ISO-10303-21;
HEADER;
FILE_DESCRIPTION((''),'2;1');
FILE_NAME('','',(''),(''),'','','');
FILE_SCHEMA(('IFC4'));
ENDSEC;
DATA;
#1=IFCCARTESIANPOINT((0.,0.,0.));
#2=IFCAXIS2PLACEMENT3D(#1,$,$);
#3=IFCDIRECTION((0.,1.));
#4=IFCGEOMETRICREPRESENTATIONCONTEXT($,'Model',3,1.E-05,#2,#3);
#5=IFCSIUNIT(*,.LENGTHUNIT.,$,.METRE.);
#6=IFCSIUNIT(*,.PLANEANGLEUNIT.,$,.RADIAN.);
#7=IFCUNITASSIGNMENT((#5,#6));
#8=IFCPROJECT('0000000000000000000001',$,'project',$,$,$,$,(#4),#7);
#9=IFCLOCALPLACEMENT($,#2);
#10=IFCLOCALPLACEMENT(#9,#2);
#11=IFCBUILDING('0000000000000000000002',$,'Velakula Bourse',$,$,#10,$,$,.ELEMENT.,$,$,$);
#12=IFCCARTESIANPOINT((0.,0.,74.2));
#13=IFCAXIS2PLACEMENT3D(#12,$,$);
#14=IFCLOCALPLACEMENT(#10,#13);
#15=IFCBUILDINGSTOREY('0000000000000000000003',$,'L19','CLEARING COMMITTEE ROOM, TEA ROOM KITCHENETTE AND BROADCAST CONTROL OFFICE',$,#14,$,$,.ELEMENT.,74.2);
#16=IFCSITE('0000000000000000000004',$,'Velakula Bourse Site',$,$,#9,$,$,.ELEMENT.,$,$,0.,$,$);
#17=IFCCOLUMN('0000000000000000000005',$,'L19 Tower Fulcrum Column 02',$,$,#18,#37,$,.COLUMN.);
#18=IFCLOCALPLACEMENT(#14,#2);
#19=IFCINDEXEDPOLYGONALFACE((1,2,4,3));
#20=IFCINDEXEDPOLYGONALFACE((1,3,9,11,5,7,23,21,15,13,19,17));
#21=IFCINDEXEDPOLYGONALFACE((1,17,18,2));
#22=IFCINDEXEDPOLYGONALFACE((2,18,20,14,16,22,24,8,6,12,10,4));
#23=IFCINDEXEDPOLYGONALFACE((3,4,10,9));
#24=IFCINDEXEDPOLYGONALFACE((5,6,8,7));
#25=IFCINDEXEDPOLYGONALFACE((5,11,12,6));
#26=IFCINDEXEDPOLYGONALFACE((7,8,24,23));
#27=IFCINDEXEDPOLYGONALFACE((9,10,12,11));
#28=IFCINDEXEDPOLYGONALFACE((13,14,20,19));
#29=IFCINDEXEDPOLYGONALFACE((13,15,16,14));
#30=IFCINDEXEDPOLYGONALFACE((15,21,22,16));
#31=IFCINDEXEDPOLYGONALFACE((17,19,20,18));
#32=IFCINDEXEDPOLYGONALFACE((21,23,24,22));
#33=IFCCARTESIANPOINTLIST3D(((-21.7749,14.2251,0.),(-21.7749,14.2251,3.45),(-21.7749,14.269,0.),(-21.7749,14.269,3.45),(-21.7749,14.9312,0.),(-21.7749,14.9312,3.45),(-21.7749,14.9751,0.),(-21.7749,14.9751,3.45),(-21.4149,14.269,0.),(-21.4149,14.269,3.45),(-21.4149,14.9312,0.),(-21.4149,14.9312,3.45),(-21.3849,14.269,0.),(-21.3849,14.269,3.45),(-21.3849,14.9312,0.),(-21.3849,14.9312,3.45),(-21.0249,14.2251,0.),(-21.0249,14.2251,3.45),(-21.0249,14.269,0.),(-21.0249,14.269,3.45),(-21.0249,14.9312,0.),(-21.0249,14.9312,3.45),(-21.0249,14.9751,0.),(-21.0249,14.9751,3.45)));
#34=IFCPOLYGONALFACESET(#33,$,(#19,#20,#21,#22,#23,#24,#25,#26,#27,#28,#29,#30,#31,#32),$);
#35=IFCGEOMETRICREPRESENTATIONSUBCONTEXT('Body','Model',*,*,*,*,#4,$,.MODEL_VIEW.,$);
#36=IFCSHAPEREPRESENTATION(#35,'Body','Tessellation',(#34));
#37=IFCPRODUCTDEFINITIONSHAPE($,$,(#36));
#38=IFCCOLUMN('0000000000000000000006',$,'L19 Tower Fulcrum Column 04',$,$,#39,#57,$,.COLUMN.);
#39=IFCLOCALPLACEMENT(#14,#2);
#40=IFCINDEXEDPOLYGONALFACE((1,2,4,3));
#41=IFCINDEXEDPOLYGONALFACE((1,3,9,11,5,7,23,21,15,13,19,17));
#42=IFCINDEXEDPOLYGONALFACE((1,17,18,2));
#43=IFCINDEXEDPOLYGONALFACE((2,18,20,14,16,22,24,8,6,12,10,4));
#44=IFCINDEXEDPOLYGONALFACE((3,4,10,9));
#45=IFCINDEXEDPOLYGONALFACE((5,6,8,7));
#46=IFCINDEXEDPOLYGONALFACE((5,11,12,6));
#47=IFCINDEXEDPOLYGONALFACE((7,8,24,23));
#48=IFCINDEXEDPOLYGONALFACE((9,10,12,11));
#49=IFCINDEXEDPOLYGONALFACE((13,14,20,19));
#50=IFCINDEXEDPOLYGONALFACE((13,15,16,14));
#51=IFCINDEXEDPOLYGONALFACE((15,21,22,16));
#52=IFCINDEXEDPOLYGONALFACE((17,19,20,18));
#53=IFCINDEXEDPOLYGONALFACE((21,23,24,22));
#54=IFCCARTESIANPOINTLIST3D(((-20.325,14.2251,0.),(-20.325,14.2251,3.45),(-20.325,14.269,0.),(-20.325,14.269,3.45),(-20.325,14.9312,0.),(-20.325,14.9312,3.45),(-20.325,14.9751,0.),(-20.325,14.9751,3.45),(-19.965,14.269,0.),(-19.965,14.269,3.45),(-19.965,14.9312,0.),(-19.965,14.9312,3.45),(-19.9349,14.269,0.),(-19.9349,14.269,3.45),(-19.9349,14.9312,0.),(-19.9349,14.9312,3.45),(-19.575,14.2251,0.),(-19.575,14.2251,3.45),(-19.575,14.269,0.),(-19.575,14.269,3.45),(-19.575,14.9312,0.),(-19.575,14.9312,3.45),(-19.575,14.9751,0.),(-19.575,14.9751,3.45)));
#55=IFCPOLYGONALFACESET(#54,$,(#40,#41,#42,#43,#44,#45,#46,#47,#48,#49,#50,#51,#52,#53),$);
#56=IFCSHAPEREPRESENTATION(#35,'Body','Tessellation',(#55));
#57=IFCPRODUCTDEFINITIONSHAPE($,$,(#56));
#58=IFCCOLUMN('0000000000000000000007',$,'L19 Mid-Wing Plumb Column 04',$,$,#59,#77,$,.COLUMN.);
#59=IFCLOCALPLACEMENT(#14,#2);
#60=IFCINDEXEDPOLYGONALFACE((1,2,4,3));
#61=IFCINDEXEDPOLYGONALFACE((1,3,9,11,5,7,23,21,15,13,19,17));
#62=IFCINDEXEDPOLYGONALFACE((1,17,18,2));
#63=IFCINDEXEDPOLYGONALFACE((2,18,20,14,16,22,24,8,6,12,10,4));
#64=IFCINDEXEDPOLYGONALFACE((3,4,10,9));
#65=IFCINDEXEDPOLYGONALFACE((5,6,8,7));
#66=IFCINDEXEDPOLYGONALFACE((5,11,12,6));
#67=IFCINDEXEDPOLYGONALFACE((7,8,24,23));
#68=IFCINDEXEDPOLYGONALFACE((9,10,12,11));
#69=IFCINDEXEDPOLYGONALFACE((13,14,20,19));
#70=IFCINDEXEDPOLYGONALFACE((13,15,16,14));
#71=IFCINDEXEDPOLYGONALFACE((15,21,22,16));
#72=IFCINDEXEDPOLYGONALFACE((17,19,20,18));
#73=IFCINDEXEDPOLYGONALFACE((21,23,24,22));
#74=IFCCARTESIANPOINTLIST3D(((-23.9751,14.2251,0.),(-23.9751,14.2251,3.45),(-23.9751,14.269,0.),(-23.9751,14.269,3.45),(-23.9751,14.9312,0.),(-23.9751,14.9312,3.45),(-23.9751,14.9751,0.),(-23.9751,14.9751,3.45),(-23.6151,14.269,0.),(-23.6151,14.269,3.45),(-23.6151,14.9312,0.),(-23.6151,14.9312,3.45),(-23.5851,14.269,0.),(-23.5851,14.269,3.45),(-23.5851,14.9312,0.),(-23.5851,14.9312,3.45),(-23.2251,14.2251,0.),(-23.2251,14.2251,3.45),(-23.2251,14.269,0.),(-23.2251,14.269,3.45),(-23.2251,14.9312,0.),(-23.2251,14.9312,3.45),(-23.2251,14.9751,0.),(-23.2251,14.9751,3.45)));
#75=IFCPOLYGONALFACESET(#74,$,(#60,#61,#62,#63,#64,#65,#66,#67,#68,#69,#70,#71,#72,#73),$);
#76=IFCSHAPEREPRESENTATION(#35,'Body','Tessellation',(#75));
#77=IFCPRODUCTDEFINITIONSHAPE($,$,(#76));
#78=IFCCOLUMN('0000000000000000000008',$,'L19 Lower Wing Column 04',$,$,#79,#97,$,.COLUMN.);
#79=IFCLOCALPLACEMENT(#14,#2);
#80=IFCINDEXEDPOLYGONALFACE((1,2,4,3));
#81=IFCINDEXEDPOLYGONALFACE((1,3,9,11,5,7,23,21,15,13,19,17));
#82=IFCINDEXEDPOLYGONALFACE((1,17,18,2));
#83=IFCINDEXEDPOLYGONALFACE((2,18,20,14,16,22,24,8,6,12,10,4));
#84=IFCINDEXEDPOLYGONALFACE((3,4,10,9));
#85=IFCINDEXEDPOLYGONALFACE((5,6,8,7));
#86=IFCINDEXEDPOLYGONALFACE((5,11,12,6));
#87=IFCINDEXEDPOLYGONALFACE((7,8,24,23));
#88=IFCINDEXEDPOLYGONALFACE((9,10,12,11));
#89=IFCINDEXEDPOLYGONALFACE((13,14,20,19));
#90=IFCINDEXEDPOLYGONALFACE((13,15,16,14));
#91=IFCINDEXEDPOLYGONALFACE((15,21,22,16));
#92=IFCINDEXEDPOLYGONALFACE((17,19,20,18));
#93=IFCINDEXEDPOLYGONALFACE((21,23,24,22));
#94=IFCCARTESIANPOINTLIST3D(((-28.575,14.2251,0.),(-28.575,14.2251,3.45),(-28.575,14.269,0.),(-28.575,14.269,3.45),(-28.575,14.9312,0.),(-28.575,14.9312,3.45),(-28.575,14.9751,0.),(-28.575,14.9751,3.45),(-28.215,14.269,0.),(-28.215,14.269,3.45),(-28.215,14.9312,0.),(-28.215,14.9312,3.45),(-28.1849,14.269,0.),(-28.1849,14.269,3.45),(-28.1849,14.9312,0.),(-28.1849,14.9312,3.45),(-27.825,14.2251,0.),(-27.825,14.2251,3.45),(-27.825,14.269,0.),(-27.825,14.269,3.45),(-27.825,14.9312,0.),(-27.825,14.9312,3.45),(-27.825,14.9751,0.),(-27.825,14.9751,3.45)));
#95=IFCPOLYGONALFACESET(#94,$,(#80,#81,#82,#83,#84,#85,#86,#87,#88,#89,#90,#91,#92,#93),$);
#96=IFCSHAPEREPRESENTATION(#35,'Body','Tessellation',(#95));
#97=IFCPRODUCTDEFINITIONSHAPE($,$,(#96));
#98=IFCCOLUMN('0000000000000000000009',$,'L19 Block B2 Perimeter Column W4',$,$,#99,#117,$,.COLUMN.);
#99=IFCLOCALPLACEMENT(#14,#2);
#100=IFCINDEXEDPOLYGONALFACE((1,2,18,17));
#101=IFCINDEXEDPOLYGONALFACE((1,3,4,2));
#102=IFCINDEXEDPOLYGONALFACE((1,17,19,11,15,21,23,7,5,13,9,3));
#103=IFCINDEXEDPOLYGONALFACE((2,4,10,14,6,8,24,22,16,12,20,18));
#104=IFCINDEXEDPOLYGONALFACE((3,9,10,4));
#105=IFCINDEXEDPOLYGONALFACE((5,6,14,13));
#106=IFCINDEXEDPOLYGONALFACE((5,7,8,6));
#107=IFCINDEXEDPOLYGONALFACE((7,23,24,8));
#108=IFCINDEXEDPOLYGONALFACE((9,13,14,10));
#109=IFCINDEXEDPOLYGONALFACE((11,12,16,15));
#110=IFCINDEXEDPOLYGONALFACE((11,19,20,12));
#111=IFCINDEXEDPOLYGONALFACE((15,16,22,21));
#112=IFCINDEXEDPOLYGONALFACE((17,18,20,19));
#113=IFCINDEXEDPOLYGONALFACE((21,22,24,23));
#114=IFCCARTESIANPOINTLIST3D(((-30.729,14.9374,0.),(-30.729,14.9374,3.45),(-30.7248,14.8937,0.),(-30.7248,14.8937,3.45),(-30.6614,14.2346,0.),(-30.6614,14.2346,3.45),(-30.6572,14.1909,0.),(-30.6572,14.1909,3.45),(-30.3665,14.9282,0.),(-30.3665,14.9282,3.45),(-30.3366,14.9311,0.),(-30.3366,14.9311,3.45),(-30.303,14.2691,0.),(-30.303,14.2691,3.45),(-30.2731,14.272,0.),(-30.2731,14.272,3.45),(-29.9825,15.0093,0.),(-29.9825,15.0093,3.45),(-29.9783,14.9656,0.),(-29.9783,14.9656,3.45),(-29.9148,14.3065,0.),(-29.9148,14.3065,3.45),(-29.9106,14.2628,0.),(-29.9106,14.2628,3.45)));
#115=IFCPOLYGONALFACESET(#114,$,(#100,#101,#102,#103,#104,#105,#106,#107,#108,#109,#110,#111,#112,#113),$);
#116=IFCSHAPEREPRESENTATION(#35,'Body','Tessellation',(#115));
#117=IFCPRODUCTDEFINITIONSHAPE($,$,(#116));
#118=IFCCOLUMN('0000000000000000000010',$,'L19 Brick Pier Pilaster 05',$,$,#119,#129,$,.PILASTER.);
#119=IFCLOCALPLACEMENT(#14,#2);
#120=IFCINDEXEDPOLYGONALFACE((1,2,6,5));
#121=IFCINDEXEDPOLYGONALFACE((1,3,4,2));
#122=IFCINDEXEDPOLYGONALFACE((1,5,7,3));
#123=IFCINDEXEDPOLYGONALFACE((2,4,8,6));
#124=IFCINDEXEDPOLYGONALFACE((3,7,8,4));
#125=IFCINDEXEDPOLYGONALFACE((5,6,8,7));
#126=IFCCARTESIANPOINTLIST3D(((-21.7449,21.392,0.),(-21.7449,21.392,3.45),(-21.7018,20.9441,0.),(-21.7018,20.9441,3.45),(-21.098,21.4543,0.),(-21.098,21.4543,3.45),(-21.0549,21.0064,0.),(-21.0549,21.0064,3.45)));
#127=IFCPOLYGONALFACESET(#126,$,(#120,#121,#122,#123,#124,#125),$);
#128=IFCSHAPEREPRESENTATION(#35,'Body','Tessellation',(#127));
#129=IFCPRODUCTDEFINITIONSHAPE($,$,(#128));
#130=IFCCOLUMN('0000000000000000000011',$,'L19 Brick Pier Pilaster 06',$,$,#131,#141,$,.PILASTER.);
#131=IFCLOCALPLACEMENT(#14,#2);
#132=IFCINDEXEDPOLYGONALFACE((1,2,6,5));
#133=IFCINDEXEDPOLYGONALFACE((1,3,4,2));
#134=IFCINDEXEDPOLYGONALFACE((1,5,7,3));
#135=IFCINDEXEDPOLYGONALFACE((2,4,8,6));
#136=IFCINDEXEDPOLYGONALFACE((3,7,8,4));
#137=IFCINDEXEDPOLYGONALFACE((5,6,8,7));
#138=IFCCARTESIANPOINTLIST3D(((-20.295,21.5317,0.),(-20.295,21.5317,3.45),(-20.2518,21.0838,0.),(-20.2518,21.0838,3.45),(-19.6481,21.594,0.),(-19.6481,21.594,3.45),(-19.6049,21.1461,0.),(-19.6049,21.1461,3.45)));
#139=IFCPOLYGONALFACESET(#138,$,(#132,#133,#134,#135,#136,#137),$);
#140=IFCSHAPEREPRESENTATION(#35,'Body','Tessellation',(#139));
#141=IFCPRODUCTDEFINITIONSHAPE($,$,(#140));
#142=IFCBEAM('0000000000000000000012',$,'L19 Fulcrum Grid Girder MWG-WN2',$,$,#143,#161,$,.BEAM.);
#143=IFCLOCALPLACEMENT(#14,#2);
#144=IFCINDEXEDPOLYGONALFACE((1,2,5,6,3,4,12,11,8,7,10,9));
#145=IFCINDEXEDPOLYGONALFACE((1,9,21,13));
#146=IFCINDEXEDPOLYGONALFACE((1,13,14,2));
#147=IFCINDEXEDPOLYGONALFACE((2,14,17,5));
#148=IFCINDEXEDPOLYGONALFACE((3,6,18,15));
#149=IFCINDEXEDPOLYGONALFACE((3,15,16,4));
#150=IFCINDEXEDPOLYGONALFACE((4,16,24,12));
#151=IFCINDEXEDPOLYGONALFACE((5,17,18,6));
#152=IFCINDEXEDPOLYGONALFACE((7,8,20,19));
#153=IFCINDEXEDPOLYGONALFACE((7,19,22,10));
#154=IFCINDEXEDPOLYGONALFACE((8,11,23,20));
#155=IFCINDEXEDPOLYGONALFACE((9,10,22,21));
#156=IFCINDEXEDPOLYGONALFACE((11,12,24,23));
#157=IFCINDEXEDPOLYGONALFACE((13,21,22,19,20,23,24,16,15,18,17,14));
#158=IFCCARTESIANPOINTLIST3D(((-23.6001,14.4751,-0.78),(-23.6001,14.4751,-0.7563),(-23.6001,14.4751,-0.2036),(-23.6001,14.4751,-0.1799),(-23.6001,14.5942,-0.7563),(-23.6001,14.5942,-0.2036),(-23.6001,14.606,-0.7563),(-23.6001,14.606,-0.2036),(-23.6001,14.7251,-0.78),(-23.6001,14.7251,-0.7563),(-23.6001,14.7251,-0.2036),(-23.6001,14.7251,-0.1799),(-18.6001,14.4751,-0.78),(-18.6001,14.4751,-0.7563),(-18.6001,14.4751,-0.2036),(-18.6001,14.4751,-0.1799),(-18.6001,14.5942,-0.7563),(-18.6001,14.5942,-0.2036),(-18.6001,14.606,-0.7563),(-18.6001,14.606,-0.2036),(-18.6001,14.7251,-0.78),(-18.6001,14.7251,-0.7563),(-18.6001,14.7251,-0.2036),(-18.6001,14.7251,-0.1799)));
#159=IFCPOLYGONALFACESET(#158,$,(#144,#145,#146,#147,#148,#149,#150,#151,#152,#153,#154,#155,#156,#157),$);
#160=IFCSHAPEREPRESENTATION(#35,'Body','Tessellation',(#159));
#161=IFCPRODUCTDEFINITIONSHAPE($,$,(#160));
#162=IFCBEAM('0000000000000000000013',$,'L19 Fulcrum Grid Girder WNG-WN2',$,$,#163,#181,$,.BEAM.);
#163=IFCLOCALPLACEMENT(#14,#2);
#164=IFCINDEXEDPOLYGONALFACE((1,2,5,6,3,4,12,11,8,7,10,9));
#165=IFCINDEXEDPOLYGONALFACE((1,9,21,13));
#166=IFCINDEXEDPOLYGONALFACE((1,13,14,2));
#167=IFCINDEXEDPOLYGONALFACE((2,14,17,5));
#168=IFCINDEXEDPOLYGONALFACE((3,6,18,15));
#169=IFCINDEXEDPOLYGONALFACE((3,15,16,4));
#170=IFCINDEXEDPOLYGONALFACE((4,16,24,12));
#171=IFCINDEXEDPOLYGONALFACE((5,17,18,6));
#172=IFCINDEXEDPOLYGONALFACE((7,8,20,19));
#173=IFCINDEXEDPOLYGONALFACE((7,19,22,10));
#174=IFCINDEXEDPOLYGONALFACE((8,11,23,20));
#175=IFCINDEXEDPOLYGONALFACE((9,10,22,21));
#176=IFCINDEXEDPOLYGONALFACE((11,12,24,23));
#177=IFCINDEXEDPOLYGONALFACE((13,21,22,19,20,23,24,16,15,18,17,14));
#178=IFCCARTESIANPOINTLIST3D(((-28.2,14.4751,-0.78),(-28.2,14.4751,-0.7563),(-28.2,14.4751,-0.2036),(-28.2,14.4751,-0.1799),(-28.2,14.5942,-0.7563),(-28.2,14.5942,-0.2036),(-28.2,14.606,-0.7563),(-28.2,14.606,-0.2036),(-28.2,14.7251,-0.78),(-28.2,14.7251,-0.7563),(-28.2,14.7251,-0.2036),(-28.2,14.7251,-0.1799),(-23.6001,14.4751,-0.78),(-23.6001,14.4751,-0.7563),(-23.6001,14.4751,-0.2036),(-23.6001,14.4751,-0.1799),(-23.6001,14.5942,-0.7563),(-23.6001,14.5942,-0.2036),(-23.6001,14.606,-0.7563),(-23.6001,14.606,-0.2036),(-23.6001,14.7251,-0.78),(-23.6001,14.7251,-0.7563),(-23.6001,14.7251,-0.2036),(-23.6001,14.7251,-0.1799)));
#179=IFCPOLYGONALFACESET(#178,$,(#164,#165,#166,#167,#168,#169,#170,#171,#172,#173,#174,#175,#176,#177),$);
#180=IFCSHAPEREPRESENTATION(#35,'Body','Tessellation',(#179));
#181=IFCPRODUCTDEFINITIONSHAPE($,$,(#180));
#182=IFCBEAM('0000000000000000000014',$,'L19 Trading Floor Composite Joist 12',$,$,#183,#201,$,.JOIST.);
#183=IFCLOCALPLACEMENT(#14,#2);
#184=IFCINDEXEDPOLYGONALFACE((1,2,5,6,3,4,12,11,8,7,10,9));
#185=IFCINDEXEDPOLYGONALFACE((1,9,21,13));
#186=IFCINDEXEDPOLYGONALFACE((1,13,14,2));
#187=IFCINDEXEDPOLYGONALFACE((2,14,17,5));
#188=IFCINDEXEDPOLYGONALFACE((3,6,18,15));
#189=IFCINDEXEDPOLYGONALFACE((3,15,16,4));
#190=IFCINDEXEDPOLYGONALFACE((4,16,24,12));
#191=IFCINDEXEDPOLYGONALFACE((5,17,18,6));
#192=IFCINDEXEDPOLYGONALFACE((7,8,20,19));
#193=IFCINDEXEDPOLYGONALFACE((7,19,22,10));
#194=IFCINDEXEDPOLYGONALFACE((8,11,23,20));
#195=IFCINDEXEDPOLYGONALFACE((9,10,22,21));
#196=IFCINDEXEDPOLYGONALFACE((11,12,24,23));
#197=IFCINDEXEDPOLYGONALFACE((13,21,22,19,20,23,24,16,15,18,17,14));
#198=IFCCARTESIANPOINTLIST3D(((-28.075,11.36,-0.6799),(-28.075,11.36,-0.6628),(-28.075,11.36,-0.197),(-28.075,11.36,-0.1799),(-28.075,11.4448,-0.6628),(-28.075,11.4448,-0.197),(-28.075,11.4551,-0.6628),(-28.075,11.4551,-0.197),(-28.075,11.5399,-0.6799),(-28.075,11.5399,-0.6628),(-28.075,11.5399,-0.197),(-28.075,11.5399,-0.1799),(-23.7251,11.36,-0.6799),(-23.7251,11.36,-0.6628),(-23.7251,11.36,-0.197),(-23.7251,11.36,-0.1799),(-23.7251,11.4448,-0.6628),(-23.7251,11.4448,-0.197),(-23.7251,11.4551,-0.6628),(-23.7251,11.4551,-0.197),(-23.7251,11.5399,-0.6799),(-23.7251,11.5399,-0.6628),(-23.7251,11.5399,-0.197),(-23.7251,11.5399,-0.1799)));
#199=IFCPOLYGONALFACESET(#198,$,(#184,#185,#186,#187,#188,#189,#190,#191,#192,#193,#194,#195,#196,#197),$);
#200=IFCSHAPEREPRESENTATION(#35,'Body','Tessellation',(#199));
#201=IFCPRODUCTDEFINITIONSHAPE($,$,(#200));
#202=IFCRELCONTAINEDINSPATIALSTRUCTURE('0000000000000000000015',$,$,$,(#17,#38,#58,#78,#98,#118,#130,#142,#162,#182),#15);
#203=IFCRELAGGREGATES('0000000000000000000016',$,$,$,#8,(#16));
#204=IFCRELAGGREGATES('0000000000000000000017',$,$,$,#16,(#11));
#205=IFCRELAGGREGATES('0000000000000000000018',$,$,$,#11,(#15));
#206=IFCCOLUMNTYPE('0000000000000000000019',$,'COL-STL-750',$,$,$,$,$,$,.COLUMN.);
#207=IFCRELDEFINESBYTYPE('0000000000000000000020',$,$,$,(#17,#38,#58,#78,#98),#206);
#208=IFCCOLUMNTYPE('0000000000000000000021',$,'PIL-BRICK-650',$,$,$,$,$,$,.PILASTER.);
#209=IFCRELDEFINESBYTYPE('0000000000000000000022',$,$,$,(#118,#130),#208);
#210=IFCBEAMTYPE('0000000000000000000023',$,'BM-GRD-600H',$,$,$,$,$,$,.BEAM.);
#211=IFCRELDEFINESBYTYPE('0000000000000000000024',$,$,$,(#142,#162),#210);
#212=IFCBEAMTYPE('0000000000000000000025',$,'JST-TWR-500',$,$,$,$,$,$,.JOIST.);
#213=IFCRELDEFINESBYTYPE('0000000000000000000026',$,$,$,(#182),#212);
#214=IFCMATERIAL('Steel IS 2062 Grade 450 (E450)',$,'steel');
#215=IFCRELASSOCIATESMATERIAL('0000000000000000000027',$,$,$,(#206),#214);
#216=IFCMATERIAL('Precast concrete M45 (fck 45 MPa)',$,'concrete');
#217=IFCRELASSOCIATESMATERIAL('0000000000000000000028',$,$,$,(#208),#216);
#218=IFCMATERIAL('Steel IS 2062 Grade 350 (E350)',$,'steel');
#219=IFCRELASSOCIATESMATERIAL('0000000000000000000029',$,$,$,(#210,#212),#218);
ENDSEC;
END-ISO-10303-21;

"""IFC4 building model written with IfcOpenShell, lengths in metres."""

from ifc_helpers import new_model, si_unit, direction, frame, origin, origin_2d, place, context, subcontext, project, spatial, rectangle, i_section, extrude, material, material_profile, profile_set, type_object, element, save


model = new_model("IFC4")

# Units and contexts
model_context = context("Model", 3, precision=1e-05, world=origin(), true_north=direction((0.0, 1.0)))
body_context = subcontext(model_context, "Body", "Model", "MODEL_VIEW")
ifc_project = project(units=[si_unit("LENGTHUNIT", "METRE"), si_unit("PLANEANGLEUNIT", "RADIAN")], contexts=[model_context])

# Site, building, storey
site_placement = place(None, origin())
site = spatial("IfcSite", under=ifc_project, at=site_placement, Name="Velakula Bourse Site", CompositionType="ELEMENT", RefElevation=0.0)
building_placement = place(site_placement, origin())
building = spatial("IfcBuilding", under=site, at=building_placement, Name="Velakula Bourse", CompositionType="ELEMENT")
storey_placement = place(building_placement, frame((0.0, 0.0, 74.2)))
storey = spatial("IfcBuildingStorey", under=building, at=storey_placement, Name="L19", Description="CLEARING COMMITTEE ROOM, TEA ROOM KITCHENETTE AND BROADCAST CONTROL OFFICE", CompositionType="ELEMENT", Elevation=74.2)

# Columns
ifc_material_1 = material(Name="Steel IS 2062 Grade 450 (E450)", Category="steel")
ifc_material_profile_1 = material_profile(ifc_material_1, i_section(OverallWidth=0.75, OverallDepth=0.75, WebThickness=0.03, FlangeThickness=0.0439, at=origin_2d()), Name="Steel IS 2062 Grade 450 (E450)")
ifc_profile_set_1 = profile_set([ifc_material_profile_1], Name="Steel IS 2062 Grade 450 (E450)")
column_type_1 = type_object("IfcColumnType", Name="COL-STL-750", PredefinedType="COLUMN", material=ifc_profile_set_1)
for number, where, z_axis, x_axis, name in (
    (1, (-21.3999, 14.6001, 0.0), (0.0, 0.0, 1.0), (1.0, 0.0, 0.0), "L19 Tower Fulcrum Column 02"),
    (2, (-19.95, 14.6001, 0.0), (0.0, 0.0, 1.0), (1.0, 0.0, 0.0), "L19 Tower Fulcrum Column 04"),
    (3, (-23.6001, 14.6001, 0.0), (0.0, 0.0, 1.0), (1.0, 0.0, 0.0), "L19 Mid-Wing Plumb Column 04"),
    (4, (-28.2, 14.6001, 0.0), (0.0, 0.0, 1.0), (1.0, 0.0, 0.0), "L19 Lower Wing Column 04"),
    (5, (-30.3198, 14.6001, 0.0), (0.0, 0.0, 1.0), (0.995396, 0.095846, 0.0), "L19 Block B2 Perimeter Column W4"),
):
    element("IfcColumn", number, at=place(storey_placement, frame(where, z_axis=z_axis, x_axis=x_axis)), inside=storey, type_object=column_type_1, Name=name, PredefinedType="COLUMN", context=body_context, shape_type="SweptSolid", body=[
        extrude(i_section(OverallWidth=0.75, OverallDepth=0.75, WebThickness=0.03, FlangeThickness=0.0439, at=origin_2d()), origin(), (0.0, 0.0, 1.0), 3.45),
    ])
ifc_material_2 = material(Name="Precast concrete M45 (fck 45 MPa)", Category="concrete")
ifc_material_profile_2 = material_profile(ifc_material_2, rectangle(XDim=0.6499, YDim=0.45, at=origin_2d()), Name="Precast concrete M45 (fck 45 MPa)")
ifc_profile_set_2 = profile_set([ifc_material_profile_2], Name="Precast concrete M45 (fck 45 MPa)")
column_type_2 = type_object("IfcColumnType", Name="PIL-BRICK-650", PredefinedType="PILASTER", material=ifc_profile_set_2)
for number, where, z_axis, x_axis, name in (
    (6, (-21.3999, 21.1992, 0.0), (0.0, 0.0, 1.0), (0.995396, 0.095846, 0.0), "L19 Brick Pier Pilaster 05"),
    (7, (-19.95, 21.3389, 0.0), (0.0, 0.0, 1.0), (0.995396, 0.095846, 0.0), "L19 Brick Pier Pilaster 06"),
):
    element("IfcColumn", number, at=place(storey_placement, frame(where, z_axis=z_axis, x_axis=x_axis)), inside=storey, type_object=column_type_2, Name=name, PredefinedType="PILASTER", context=body_context, shape_type="SweptSolid", body=[
        extrude(rectangle(XDim=0.6499, YDim=0.45, at=origin_2d()), origin(), (0.0, 0.0, 1.0), 3.45),
    ])

# Beams
ifc_material_3 = material(Name="Steel IS 2062 Grade 350 (E350)", Category="steel")
ifc_material_profile_3 = material_profile(ifc_material_3, i_section(OverallWidth=0.25, OverallDepth=0.6001, WebThickness=0.0117, FlangeThickness=0.0237, at=origin_2d()), Name="Steel IS 2062 Grade 350 (E350)")
ifc_profile_set_3 = profile_set([ifc_material_profile_3], Name="Steel IS 2062 Grade 350 (E350)")
beam_type_1 = type_object("IfcBeamType", Name="BM-GRD-600H", PredefinedType="BEAM", material=ifc_profile_set_3)
beam_1_placement = place(storey_placement, frame((-23.6001, 14.6001, -0.48), z_axis=(1.0, 0.0, 0.0), x_axis=(0.0, 1.0, 0.0)))
element("IfcBeam", 8, at=beam_1_placement, inside=storey, type_object=beam_type_1, Name="L19 Fulcrum Grid Girder MWG-WN2", PredefinedType="BEAM", context=body_context, shape_type="SweptSolid", body=[
    extrude(i_section(OverallWidth=0.25, OverallDepth=0.6001, WebThickness=0.0117, FlangeThickness=0.0237, at=origin_2d()), origin(), (0.0, 0.0, 1.0), 5.0),
])
beam_2_placement = place(storey_placement, frame((-28.2, 14.6001, -0.48), z_axis=(1.0, 0.0, 0.0), x_axis=(0.0, 1.0, 0.0)))
element("IfcBeam", 9, at=beam_2_placement, inside=storey, type_object=beam_type_1, Name="L19 Fulcrum Grid Girder WNG-WN2", PredefinedType="BEAM", context=body_context, shape_type="SweptSolid", body=[
    extrude(i_section(OverallWidth=0.25, OverallDepth=0.6001, WebThickness=0.0117, FlangeThickness=0.0237, at=origin_2d()), origin(), (0.0, 0.0, 1.0), 4.5999),
])
ifc_material_profile_4 = material_profile(ifc_material_3, i_section(OverallWidth=0.1799, OverallDepth=0.5, WebThickness=0.0103, FlangeThickness=0.0171, at=origin_2d()), Name="Steel IS 2062 Grade 350 (E350)")
ifc_profile_set_4 = profile_set([ifc_material_profile_4], Name="Steel IS 2062 Grade 350 (E350)")
beam_type_2 = type_object("IfcBeamType", Name="JST-TWR-500", PredefinedType="JOIST", material=ifc_profile_set_4)
beam_3_placement = place(storey_placement, frame((-28.075, 11.45, -0.4299), z_axis=(1.0, 0.0, 0.0), x_axis=(0.0, 1.0, 0.0)))
element("IfcBeam", 10, at=beam_3_placement, inside=storey, type_object=beam_type_2, Name="L19 Trading Floor Composite Joist 12", PredefinedType="JOIST", context=body_context, shape_type="SweptSolid", body=[
    extrude(i_section(OverallWidth=0.1799, OverallDepth=0.5, WebThickness=0.0103, FlangeThickness=0.0171, at=origin_2d()), origin(), (0.0, 0.0, 1.0), 4.3499),
])

save(model, "model.ifc")
